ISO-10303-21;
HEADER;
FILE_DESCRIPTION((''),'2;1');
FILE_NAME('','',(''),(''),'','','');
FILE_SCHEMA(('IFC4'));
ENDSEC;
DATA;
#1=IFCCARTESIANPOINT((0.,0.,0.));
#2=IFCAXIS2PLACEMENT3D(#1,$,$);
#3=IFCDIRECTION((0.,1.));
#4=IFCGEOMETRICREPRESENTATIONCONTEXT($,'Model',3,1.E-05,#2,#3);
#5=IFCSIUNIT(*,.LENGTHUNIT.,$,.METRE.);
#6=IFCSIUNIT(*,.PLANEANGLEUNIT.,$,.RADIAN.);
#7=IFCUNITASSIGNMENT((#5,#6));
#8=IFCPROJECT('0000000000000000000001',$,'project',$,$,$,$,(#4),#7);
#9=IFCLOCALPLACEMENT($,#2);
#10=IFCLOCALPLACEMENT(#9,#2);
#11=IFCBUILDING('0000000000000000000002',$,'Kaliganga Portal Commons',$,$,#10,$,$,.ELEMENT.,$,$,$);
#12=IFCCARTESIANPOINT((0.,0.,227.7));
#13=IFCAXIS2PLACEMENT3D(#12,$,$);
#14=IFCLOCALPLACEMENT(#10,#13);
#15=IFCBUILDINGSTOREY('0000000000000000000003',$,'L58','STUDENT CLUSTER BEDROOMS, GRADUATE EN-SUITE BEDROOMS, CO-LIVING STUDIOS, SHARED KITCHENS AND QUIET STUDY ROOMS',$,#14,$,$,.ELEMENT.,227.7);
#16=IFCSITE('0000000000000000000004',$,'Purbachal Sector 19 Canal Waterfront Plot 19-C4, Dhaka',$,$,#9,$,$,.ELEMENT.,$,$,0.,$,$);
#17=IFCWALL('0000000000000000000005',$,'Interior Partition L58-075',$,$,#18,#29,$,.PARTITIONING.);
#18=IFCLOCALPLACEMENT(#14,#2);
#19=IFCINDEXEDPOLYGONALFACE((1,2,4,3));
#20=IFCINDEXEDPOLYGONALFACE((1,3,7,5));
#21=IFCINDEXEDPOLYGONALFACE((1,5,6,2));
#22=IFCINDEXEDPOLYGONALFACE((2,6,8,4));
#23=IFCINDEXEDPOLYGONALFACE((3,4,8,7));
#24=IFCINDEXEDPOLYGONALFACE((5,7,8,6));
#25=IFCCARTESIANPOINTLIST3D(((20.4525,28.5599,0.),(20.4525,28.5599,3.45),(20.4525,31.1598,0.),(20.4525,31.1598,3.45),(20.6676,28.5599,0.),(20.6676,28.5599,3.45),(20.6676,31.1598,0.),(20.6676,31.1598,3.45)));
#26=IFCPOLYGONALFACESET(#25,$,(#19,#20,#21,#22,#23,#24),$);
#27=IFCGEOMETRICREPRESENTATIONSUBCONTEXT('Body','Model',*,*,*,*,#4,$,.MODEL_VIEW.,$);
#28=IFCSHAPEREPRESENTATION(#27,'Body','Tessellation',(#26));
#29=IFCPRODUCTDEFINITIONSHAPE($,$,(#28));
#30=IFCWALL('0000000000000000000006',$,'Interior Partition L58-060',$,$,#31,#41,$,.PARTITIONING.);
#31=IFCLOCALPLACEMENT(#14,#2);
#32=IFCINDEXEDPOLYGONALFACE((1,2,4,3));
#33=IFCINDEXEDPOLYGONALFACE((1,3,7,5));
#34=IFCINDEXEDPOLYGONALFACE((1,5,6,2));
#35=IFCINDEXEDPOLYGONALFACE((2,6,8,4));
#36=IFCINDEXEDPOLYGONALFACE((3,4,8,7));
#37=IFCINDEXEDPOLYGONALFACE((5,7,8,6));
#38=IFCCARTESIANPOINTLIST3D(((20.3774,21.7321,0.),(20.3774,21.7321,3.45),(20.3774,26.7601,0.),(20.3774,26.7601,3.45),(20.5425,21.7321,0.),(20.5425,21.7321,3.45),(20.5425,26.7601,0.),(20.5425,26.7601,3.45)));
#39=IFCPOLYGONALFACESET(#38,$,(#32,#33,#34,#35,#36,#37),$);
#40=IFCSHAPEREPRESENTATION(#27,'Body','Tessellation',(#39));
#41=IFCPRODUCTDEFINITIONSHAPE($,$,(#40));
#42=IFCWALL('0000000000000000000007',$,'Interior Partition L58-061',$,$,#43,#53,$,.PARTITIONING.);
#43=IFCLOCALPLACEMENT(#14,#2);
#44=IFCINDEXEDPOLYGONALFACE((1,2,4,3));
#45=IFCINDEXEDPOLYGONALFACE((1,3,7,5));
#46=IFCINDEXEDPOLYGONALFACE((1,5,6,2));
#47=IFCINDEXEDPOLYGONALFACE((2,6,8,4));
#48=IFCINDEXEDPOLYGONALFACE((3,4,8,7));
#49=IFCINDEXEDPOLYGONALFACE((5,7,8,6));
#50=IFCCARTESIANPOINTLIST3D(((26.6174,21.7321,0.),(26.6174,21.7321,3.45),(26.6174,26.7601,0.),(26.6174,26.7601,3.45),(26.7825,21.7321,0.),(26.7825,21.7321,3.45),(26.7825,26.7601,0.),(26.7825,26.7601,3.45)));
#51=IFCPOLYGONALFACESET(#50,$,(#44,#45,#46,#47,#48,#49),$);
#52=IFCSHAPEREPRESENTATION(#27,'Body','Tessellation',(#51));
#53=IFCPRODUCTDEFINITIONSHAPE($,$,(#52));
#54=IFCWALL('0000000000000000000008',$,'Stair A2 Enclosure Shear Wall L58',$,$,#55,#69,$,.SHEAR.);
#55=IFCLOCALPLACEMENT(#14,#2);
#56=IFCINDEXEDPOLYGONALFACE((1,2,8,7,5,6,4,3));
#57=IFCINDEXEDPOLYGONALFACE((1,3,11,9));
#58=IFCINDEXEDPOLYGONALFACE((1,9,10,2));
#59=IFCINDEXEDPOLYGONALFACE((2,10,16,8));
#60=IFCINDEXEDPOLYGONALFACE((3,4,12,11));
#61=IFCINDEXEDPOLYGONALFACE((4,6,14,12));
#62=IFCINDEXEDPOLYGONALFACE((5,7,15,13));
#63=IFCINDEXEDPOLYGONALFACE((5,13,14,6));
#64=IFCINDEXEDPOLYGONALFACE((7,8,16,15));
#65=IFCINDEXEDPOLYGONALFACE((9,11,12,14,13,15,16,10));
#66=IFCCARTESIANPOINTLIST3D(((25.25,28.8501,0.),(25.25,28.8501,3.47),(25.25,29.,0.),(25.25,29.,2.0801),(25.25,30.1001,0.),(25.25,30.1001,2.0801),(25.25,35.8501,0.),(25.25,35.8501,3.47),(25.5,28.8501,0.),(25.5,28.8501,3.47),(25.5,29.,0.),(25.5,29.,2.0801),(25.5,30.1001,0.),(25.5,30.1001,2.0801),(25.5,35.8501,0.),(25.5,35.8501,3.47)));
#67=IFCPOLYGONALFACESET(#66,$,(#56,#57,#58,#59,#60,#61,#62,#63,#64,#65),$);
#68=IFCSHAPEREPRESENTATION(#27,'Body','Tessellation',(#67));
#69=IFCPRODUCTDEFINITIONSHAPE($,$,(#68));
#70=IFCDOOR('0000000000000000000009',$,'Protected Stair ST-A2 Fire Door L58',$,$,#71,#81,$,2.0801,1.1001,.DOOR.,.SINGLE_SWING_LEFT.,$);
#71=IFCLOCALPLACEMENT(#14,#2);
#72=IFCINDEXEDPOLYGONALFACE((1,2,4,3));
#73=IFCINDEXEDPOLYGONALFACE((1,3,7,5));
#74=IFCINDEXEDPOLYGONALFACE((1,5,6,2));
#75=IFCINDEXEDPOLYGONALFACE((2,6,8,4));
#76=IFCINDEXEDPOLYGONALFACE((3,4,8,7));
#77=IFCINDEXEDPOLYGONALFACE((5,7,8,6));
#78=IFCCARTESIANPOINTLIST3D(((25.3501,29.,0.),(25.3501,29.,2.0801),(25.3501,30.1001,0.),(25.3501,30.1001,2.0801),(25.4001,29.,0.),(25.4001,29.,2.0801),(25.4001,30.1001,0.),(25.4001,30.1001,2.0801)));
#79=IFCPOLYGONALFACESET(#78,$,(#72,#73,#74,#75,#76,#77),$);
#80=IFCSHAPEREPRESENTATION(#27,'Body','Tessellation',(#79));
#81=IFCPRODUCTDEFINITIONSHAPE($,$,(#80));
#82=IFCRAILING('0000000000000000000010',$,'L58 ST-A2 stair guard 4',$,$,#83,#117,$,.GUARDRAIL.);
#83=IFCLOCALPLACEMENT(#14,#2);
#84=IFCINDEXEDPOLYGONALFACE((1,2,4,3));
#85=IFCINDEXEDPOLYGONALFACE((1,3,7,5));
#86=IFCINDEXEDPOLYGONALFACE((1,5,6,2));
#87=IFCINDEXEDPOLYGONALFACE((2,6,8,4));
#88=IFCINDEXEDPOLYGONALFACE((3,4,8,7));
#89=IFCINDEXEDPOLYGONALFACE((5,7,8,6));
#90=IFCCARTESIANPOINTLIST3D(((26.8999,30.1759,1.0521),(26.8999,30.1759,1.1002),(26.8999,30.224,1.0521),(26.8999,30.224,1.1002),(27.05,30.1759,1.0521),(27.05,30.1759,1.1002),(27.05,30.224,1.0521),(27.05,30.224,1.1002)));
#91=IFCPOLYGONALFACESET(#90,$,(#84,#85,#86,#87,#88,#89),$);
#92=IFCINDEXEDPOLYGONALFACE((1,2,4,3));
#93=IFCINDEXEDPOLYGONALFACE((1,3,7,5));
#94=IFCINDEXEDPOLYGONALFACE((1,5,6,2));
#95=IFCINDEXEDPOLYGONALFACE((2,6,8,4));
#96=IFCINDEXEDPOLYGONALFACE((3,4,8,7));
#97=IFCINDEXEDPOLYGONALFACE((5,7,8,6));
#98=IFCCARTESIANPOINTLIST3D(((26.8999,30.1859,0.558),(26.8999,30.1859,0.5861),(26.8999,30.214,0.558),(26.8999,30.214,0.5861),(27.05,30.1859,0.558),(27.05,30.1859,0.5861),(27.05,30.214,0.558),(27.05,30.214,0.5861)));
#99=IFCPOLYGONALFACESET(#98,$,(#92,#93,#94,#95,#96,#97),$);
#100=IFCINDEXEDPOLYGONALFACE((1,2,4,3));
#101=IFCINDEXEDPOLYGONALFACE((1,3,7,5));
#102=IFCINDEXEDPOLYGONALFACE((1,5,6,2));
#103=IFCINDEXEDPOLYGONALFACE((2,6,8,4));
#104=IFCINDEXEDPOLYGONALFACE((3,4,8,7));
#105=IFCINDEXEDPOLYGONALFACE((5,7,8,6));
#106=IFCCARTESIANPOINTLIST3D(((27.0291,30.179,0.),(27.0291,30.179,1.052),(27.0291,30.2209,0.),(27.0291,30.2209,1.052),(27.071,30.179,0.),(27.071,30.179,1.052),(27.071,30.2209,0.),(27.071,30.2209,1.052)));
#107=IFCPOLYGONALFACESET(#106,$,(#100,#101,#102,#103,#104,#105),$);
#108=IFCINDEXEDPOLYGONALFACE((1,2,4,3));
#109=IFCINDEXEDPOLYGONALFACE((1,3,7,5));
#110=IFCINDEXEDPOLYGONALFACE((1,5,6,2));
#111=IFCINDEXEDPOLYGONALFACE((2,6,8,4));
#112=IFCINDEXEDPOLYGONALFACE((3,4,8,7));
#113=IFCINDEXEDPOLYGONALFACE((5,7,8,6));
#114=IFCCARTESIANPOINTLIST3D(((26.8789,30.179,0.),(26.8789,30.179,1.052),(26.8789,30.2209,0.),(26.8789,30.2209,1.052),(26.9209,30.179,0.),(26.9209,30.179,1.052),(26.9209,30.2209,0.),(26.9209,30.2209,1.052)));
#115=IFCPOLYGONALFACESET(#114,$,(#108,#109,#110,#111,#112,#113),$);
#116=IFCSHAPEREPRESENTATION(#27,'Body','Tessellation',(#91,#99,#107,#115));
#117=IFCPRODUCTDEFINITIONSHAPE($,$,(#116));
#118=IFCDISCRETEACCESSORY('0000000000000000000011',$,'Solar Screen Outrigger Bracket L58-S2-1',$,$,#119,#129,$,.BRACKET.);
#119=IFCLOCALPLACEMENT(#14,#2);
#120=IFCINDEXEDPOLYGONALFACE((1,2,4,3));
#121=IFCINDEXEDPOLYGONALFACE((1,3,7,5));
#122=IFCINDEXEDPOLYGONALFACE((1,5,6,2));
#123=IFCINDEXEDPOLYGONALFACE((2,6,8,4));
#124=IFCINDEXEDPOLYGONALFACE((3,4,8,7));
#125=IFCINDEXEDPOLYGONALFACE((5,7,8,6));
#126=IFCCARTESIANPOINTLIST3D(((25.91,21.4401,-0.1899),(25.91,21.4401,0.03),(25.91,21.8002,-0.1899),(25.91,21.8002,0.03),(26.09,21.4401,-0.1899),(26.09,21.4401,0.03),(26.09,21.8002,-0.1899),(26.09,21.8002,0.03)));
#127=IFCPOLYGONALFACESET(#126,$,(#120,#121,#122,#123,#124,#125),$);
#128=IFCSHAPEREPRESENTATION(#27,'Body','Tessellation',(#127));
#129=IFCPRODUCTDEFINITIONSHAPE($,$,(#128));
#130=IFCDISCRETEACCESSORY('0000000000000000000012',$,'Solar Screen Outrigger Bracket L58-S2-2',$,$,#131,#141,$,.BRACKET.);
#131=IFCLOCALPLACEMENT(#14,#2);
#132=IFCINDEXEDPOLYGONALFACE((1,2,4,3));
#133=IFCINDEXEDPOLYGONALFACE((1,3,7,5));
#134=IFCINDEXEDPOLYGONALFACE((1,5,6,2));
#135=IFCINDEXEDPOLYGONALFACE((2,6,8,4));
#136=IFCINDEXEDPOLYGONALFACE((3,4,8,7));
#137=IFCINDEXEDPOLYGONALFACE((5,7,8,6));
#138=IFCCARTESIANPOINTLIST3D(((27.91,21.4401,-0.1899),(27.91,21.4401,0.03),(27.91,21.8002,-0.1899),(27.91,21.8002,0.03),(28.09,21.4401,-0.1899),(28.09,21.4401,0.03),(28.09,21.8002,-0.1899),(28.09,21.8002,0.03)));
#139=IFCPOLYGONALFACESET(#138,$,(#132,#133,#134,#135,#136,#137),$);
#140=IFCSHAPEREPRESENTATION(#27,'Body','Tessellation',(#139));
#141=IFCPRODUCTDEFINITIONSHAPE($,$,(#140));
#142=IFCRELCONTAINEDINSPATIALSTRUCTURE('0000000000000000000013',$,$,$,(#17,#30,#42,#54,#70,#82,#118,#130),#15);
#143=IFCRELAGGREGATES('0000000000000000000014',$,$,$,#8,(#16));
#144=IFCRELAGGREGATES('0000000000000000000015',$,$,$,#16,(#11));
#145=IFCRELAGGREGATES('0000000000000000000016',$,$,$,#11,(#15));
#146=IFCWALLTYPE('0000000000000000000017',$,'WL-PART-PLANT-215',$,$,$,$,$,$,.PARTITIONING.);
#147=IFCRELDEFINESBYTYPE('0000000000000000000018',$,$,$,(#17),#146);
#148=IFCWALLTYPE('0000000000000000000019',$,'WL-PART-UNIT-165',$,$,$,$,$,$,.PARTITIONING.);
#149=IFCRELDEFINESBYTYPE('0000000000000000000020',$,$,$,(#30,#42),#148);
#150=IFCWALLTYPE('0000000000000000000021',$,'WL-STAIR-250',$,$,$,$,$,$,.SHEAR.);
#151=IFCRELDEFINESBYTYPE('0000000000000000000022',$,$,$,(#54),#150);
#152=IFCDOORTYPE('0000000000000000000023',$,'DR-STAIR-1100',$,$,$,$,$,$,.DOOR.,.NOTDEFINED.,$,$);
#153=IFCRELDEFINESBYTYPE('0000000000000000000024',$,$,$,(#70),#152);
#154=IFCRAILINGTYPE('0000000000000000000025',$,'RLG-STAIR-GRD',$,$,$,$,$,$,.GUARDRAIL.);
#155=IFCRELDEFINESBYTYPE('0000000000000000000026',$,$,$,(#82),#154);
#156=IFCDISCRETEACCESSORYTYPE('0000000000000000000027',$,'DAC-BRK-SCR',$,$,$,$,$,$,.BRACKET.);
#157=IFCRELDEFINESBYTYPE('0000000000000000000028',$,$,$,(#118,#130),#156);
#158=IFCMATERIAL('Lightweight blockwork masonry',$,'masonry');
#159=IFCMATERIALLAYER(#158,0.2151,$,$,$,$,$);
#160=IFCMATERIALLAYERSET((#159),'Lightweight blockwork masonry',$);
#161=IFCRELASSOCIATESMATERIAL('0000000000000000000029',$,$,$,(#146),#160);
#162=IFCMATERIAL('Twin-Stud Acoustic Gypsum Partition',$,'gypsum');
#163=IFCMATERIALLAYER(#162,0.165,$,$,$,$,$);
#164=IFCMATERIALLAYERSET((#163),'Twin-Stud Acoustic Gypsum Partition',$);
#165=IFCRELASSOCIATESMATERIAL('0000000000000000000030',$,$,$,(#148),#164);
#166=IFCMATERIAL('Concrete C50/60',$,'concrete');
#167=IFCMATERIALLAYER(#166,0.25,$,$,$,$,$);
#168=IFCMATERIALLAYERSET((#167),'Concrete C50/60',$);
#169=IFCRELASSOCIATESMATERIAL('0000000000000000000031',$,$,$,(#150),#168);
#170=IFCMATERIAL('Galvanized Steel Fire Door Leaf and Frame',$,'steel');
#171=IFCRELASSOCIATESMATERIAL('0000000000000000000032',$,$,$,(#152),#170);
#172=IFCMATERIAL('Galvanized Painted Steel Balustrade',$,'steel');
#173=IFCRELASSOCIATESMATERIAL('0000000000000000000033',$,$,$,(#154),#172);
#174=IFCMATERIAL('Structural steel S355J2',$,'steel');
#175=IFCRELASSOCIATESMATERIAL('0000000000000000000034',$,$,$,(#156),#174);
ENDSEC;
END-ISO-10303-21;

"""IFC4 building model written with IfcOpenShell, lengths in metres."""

from ifc_helpers import new_model, si_unit, direction, frame, frame_2d, origin, origin_2d, place, context, subcontext, project, spatial, rectangle, extrude, source, transform, mapped, material, layer, layer_set, type_object, element, fill, save


model = new_model("IFC4")

# Units and contexts
model_context = context("Model", 3, precision=1e-05, world=origin(), true_north=direction((0.0, 1.0)))
body_context = subcontext(model_context, "Body", "Model", "MODEL_VIEW")
ifc_project = project(units=[si_unit("LENGTHUNIT", "METRE"), si_unit("PLANEANGLEUNIT", "RADIAN")], contexts=[model_context])

# Site, building, storey
site_placement = place(None, origin())
site = spatial("IfcSite", under=ifc_project, at=site_placement, Name="Purbachal Sector 19 Canal Waterfront Plot 19-C4, Dhaka", CompositionType="ELEMENT", RefElevation=0.0)
building_placement = place(site_placement, origin())
building = spatial("IfcBuilding", under=site, at=building_placement, Name="Kaliganga Portal Commons", CompositionType="ELEMENT")
storey_placement = place(building_placement, frame((0.0, 0.0, 227.7)))
storey = spatial("IfcBuildingStorey", under=building, at=storey_placement, Name="L58", Description="STUDENT CLUSTER BEDROOMS, GRADUATE EN-SUITE BEDROOMS, CO-LIVING STUDIOS, SHARED KITCHENS AND QUIET STUDY ROOMS", CompositionType="ELEMENT", Elevation=227.7)

# Shared definitions
ifc_material_1 = material(Name="Concrete C50/60", Category="concrete")

# Shared definitions
ifc_material_2 = material(Name="Structural steel S355J2", Category="steel")

# Walls
ifc_material_3 = material(Name="Lightweight blockwork masonry", Category="masonry")
ifc_layer_1 = layer(ifc_material_3, 0.2151)
ifc_layer_set_1 = layer_set([ifc_layer_1], Name="Lightweight blockwork masonry")
wall_type_1 = type_object("IfcWallType", Name="WL-PART-PLANT-215", PredefinedType="PARTITIONING", material=ifc_layer_set_1)
wall_1_placement = place(storey_placement, frame((20.5601, 28.5601, 0.0), z_axis=(0.0, 0.0, 1.0), x_axis=(0.0, 1.0, 0.0)))
element("IfcWall", 1, at=wall_1_placement, inside=storey, type_object=wall_type_1, Name="Interior Partition L58-075", PredefinedType="PARTITIONING", context=body_context, shape_type="SweptSolid", body=[
    extrude(rectangle(XDim=2.5999, YDim=0.2151, at=frame_2d((1.2998, 0.0))), origin(), (0.0, 0.0, 1.0), 3.45),
])
ifc_material_4 = material(Name="Twin-Stud Acoustic Gypsum Partition", Category="gypsum")
ifc_layer_2 = layer(ifc_material_4, 0.165)
ifc_layer_set_2 = layer_set([ifc_layer_2], Name="Twin-Stud Acoustic Gypsum Partition")
wall_type_2 = type_object("IfcWallType", Name="WL-PART-UNIT-165", PredefinedType="PARTITIONING", material=ifc_layer_set_2)
for number, where, z_axis, x_axis, name in (
    (2, (20.46, 21.7319, 0.0), (0.0, 0.0, 1.0), (0.0, 1.0, 0.0), "Interior Partition L58-060"),
    (3, (26.7, 21.7319, 0.0), (0.0, 0.0, 1.0), (0.0, 1.0, 0.0), "Interior Partition L58-061"),
):
    element("IfcWall", number, at=place(storey_placement, frame(where, z_axis=z_axis, x_axis=x_axis)), inside=storey, type_object=wall_type_2, Name=name, PredefinedType="PARTITIONING", context=body_context, shape_type="SweptSolid", body=[
        extrude(rectangle(XDim=5.0281, YDim=0.165, at=frame_2d((2.5142, 0.0))), origin(), (0.0, 0.0, 1.0), 3.45),
    ])

# Wall, opening, door
ifc_layer_3 = layer(ifc_material_1, 0.25)
ifc_layer_set_3 = layer_set([ifc_layer_3], Name="Concrete C50/60")
wall_type_3 = type_object("IfcWallType", Name="WL-STAIR-250", PredefinedType="SHEAR", material=ifc_layer_set_3)
wall_2_placement = place(storey_placement, frame((25.375, 28.8501, 0.0), z_axis=(0.0, 0.0, 1.0), x_axis=(0.0, 1.0, 0.0)))
wall_2 = element("IfcWall", 4, at=wall_2_placement, inside=storey, type_object=wall_type_3, Name="Stair A2 Enclosure Shear Wall L58", PredefinedType="SHEAR", context=body_context, shape_type="SweptSolid", body=[
    extrude(rectangle(XDim=7.0, YDim=0.25, at=frame_2d((3.5, 0.0))), origin(), (0.0, 0.0, 1.0), 3.47),
])
opening_1_placement = place(wall_2_placement, frame((0.1499, 0.0, 0.0)))
opening_1 = element("IfcOpeningElement", 5, at=opening_1_placement, cuts=wall_2, PredefinedType="OPENING", context=body_context, shape_type="SweptSolid", body=[
    extrude(rectangle(XDim=1.1001, YDim=2.0801, at=frame_2d((0.55, 1.04))), frame((0.0, 0.135, 0.0), z_axis=(0.0, -1.0, 0.0), x_axis=(1.0, 0.0, 0.0)), (0.0, 0.0, 1.0), 0.27),
])
ifc_material_5 = material(Name="Galvanized Steel Fire Door Leaf and Frame", Category="steel")
door_type_1 = type_object("IfcDoorType", Name="DR-STAIR-1100", OperationType="NOTDEFINED", PredefinedType="DOOR", material=ifc_material_5)
door_1_placement = place(opening_1_placement, origin())
door_1 = element("IfcDoor", 6, at=door_1_placement, inside=storey, type_object=door_type_1, Name="Protected Stair ST-A2 Fire Door L58", OperationType="SINGLE_SWING_LEFT", OverallHeight=2.0801, OverallWidth=1.1001, PredefinedType="DOOR", context=body_context, shape_type="SweptSolid", body=[
    extrude(rectangle(XDim=1.1001, YDim=2.0801, at=frame_2d((0.55, 1.04))), frame((0.0, 0.0249, 0.0), z_axis=(0.0, -1.0, 0.0), x_axis=(1.0, 0.0, 0.0)), (0.0, 0.0, 1.0), 0.05),
])
fill(opening_1, door_1)

# Railing
ifc_material_6 = material(Name="Galvanized Painted Steel Balustrade", Category="steel")
railing_type = type_object("IfcRailingType", Name="RLG-STAIR-GRD", PredefinedType="GUARDRAIL", material=ifc_material_6)
railing_placement = place(storey_placement, frame((27.05, 30.2, 0.0)))
element("IfcRailing", 7, at=railing_placement, inside=storey, type_object=railing_type, Name="L58 ST-A2 stair guard 4", PredefinedType="GUARDRAIL", context=body_context, shape_type="SweptSolid", body=[
    extrude(rectangle(XDim=0.0481, YDim=0.0481, at=origin_2d()), frame((0.0, 0.0, 1.0762), z_axis=(-1.0, 0.0, 0.0), x_axis=(0.0, -1.0, 0.0)), (0.0, 0.0, 1.0), 0.1501),
    extrude(rectangle(XDim=0.0281, YDim=0.0281, at=origin_2d()), frame((0.0, 0.0, 0.572), z_axis=(-1.0, 0.0, 0.0), x_axis=(0.0, -1.0, 0.0)), (0.0, 0.0, 1.0), 0.1501),
    extrude(rectangle(XDim=0.042, YDim=0.042, at=origin_2d()), origin(), (0.0, 0.0, 1.0), 1.052),
    extrude(rectangle(XDim=0.042, YDim=0.042, at=origin_2d()), frame((-0.1501, 0.0, 0.0)), (0.0, 0.0, 1.0), 1.052),
])

# Discrete accessories
discrete_accessory_type = type_object("IfcDiscreteAccessoryType", Name="DAC-BRK-SCR", PredefinedType="BRACKET", material=ifc_material_2)
shared_shape_1 = source(origin(), body_context, "Body", "SweptSolid", [
    extrude(rectangle(XDim=0.1799, YDim=0.3601, at=origin_2d()), origin(), (0.0, 0.0, 1.0), 0.22),
])
for number, where, z_axis, x_axis, name in (
    (8, (26.0, 21.6201, -0.1899), (0.0, 0.0, 1.0), (1.0, 0.0, 0.0), "Solar Screen Outrigger Bracket L58-S2-1"),
    (9, (28.0, 21.6201, -0.1899), (0.0, 0.0, 1.0), (1.0, 0.0, 0.0), "Solar Screen Outrigger Bracket L58-S2-2"),
):
    element("IfcDiscreteAccessory", number, at=place(storey_placement, frame(where, z_axis=z_axis, x_axis=x_axis)), inside=storey, type_object=discrete_accessory_type, Name=name, PredefinedType="BRACKET", context=body_context, shape_type="MappedRepresentation", body=[
        mapped(shared_shape_1, transform((0.0, 0.0, 0.0), x_axis=(1.0, 0.0, 0.0), y_axis=(0.0, 1.0, 0.0), z_axis=(0.0, 0.0, 1.0), scale=1.0)),
    ])

save(model, "model.ifc")
